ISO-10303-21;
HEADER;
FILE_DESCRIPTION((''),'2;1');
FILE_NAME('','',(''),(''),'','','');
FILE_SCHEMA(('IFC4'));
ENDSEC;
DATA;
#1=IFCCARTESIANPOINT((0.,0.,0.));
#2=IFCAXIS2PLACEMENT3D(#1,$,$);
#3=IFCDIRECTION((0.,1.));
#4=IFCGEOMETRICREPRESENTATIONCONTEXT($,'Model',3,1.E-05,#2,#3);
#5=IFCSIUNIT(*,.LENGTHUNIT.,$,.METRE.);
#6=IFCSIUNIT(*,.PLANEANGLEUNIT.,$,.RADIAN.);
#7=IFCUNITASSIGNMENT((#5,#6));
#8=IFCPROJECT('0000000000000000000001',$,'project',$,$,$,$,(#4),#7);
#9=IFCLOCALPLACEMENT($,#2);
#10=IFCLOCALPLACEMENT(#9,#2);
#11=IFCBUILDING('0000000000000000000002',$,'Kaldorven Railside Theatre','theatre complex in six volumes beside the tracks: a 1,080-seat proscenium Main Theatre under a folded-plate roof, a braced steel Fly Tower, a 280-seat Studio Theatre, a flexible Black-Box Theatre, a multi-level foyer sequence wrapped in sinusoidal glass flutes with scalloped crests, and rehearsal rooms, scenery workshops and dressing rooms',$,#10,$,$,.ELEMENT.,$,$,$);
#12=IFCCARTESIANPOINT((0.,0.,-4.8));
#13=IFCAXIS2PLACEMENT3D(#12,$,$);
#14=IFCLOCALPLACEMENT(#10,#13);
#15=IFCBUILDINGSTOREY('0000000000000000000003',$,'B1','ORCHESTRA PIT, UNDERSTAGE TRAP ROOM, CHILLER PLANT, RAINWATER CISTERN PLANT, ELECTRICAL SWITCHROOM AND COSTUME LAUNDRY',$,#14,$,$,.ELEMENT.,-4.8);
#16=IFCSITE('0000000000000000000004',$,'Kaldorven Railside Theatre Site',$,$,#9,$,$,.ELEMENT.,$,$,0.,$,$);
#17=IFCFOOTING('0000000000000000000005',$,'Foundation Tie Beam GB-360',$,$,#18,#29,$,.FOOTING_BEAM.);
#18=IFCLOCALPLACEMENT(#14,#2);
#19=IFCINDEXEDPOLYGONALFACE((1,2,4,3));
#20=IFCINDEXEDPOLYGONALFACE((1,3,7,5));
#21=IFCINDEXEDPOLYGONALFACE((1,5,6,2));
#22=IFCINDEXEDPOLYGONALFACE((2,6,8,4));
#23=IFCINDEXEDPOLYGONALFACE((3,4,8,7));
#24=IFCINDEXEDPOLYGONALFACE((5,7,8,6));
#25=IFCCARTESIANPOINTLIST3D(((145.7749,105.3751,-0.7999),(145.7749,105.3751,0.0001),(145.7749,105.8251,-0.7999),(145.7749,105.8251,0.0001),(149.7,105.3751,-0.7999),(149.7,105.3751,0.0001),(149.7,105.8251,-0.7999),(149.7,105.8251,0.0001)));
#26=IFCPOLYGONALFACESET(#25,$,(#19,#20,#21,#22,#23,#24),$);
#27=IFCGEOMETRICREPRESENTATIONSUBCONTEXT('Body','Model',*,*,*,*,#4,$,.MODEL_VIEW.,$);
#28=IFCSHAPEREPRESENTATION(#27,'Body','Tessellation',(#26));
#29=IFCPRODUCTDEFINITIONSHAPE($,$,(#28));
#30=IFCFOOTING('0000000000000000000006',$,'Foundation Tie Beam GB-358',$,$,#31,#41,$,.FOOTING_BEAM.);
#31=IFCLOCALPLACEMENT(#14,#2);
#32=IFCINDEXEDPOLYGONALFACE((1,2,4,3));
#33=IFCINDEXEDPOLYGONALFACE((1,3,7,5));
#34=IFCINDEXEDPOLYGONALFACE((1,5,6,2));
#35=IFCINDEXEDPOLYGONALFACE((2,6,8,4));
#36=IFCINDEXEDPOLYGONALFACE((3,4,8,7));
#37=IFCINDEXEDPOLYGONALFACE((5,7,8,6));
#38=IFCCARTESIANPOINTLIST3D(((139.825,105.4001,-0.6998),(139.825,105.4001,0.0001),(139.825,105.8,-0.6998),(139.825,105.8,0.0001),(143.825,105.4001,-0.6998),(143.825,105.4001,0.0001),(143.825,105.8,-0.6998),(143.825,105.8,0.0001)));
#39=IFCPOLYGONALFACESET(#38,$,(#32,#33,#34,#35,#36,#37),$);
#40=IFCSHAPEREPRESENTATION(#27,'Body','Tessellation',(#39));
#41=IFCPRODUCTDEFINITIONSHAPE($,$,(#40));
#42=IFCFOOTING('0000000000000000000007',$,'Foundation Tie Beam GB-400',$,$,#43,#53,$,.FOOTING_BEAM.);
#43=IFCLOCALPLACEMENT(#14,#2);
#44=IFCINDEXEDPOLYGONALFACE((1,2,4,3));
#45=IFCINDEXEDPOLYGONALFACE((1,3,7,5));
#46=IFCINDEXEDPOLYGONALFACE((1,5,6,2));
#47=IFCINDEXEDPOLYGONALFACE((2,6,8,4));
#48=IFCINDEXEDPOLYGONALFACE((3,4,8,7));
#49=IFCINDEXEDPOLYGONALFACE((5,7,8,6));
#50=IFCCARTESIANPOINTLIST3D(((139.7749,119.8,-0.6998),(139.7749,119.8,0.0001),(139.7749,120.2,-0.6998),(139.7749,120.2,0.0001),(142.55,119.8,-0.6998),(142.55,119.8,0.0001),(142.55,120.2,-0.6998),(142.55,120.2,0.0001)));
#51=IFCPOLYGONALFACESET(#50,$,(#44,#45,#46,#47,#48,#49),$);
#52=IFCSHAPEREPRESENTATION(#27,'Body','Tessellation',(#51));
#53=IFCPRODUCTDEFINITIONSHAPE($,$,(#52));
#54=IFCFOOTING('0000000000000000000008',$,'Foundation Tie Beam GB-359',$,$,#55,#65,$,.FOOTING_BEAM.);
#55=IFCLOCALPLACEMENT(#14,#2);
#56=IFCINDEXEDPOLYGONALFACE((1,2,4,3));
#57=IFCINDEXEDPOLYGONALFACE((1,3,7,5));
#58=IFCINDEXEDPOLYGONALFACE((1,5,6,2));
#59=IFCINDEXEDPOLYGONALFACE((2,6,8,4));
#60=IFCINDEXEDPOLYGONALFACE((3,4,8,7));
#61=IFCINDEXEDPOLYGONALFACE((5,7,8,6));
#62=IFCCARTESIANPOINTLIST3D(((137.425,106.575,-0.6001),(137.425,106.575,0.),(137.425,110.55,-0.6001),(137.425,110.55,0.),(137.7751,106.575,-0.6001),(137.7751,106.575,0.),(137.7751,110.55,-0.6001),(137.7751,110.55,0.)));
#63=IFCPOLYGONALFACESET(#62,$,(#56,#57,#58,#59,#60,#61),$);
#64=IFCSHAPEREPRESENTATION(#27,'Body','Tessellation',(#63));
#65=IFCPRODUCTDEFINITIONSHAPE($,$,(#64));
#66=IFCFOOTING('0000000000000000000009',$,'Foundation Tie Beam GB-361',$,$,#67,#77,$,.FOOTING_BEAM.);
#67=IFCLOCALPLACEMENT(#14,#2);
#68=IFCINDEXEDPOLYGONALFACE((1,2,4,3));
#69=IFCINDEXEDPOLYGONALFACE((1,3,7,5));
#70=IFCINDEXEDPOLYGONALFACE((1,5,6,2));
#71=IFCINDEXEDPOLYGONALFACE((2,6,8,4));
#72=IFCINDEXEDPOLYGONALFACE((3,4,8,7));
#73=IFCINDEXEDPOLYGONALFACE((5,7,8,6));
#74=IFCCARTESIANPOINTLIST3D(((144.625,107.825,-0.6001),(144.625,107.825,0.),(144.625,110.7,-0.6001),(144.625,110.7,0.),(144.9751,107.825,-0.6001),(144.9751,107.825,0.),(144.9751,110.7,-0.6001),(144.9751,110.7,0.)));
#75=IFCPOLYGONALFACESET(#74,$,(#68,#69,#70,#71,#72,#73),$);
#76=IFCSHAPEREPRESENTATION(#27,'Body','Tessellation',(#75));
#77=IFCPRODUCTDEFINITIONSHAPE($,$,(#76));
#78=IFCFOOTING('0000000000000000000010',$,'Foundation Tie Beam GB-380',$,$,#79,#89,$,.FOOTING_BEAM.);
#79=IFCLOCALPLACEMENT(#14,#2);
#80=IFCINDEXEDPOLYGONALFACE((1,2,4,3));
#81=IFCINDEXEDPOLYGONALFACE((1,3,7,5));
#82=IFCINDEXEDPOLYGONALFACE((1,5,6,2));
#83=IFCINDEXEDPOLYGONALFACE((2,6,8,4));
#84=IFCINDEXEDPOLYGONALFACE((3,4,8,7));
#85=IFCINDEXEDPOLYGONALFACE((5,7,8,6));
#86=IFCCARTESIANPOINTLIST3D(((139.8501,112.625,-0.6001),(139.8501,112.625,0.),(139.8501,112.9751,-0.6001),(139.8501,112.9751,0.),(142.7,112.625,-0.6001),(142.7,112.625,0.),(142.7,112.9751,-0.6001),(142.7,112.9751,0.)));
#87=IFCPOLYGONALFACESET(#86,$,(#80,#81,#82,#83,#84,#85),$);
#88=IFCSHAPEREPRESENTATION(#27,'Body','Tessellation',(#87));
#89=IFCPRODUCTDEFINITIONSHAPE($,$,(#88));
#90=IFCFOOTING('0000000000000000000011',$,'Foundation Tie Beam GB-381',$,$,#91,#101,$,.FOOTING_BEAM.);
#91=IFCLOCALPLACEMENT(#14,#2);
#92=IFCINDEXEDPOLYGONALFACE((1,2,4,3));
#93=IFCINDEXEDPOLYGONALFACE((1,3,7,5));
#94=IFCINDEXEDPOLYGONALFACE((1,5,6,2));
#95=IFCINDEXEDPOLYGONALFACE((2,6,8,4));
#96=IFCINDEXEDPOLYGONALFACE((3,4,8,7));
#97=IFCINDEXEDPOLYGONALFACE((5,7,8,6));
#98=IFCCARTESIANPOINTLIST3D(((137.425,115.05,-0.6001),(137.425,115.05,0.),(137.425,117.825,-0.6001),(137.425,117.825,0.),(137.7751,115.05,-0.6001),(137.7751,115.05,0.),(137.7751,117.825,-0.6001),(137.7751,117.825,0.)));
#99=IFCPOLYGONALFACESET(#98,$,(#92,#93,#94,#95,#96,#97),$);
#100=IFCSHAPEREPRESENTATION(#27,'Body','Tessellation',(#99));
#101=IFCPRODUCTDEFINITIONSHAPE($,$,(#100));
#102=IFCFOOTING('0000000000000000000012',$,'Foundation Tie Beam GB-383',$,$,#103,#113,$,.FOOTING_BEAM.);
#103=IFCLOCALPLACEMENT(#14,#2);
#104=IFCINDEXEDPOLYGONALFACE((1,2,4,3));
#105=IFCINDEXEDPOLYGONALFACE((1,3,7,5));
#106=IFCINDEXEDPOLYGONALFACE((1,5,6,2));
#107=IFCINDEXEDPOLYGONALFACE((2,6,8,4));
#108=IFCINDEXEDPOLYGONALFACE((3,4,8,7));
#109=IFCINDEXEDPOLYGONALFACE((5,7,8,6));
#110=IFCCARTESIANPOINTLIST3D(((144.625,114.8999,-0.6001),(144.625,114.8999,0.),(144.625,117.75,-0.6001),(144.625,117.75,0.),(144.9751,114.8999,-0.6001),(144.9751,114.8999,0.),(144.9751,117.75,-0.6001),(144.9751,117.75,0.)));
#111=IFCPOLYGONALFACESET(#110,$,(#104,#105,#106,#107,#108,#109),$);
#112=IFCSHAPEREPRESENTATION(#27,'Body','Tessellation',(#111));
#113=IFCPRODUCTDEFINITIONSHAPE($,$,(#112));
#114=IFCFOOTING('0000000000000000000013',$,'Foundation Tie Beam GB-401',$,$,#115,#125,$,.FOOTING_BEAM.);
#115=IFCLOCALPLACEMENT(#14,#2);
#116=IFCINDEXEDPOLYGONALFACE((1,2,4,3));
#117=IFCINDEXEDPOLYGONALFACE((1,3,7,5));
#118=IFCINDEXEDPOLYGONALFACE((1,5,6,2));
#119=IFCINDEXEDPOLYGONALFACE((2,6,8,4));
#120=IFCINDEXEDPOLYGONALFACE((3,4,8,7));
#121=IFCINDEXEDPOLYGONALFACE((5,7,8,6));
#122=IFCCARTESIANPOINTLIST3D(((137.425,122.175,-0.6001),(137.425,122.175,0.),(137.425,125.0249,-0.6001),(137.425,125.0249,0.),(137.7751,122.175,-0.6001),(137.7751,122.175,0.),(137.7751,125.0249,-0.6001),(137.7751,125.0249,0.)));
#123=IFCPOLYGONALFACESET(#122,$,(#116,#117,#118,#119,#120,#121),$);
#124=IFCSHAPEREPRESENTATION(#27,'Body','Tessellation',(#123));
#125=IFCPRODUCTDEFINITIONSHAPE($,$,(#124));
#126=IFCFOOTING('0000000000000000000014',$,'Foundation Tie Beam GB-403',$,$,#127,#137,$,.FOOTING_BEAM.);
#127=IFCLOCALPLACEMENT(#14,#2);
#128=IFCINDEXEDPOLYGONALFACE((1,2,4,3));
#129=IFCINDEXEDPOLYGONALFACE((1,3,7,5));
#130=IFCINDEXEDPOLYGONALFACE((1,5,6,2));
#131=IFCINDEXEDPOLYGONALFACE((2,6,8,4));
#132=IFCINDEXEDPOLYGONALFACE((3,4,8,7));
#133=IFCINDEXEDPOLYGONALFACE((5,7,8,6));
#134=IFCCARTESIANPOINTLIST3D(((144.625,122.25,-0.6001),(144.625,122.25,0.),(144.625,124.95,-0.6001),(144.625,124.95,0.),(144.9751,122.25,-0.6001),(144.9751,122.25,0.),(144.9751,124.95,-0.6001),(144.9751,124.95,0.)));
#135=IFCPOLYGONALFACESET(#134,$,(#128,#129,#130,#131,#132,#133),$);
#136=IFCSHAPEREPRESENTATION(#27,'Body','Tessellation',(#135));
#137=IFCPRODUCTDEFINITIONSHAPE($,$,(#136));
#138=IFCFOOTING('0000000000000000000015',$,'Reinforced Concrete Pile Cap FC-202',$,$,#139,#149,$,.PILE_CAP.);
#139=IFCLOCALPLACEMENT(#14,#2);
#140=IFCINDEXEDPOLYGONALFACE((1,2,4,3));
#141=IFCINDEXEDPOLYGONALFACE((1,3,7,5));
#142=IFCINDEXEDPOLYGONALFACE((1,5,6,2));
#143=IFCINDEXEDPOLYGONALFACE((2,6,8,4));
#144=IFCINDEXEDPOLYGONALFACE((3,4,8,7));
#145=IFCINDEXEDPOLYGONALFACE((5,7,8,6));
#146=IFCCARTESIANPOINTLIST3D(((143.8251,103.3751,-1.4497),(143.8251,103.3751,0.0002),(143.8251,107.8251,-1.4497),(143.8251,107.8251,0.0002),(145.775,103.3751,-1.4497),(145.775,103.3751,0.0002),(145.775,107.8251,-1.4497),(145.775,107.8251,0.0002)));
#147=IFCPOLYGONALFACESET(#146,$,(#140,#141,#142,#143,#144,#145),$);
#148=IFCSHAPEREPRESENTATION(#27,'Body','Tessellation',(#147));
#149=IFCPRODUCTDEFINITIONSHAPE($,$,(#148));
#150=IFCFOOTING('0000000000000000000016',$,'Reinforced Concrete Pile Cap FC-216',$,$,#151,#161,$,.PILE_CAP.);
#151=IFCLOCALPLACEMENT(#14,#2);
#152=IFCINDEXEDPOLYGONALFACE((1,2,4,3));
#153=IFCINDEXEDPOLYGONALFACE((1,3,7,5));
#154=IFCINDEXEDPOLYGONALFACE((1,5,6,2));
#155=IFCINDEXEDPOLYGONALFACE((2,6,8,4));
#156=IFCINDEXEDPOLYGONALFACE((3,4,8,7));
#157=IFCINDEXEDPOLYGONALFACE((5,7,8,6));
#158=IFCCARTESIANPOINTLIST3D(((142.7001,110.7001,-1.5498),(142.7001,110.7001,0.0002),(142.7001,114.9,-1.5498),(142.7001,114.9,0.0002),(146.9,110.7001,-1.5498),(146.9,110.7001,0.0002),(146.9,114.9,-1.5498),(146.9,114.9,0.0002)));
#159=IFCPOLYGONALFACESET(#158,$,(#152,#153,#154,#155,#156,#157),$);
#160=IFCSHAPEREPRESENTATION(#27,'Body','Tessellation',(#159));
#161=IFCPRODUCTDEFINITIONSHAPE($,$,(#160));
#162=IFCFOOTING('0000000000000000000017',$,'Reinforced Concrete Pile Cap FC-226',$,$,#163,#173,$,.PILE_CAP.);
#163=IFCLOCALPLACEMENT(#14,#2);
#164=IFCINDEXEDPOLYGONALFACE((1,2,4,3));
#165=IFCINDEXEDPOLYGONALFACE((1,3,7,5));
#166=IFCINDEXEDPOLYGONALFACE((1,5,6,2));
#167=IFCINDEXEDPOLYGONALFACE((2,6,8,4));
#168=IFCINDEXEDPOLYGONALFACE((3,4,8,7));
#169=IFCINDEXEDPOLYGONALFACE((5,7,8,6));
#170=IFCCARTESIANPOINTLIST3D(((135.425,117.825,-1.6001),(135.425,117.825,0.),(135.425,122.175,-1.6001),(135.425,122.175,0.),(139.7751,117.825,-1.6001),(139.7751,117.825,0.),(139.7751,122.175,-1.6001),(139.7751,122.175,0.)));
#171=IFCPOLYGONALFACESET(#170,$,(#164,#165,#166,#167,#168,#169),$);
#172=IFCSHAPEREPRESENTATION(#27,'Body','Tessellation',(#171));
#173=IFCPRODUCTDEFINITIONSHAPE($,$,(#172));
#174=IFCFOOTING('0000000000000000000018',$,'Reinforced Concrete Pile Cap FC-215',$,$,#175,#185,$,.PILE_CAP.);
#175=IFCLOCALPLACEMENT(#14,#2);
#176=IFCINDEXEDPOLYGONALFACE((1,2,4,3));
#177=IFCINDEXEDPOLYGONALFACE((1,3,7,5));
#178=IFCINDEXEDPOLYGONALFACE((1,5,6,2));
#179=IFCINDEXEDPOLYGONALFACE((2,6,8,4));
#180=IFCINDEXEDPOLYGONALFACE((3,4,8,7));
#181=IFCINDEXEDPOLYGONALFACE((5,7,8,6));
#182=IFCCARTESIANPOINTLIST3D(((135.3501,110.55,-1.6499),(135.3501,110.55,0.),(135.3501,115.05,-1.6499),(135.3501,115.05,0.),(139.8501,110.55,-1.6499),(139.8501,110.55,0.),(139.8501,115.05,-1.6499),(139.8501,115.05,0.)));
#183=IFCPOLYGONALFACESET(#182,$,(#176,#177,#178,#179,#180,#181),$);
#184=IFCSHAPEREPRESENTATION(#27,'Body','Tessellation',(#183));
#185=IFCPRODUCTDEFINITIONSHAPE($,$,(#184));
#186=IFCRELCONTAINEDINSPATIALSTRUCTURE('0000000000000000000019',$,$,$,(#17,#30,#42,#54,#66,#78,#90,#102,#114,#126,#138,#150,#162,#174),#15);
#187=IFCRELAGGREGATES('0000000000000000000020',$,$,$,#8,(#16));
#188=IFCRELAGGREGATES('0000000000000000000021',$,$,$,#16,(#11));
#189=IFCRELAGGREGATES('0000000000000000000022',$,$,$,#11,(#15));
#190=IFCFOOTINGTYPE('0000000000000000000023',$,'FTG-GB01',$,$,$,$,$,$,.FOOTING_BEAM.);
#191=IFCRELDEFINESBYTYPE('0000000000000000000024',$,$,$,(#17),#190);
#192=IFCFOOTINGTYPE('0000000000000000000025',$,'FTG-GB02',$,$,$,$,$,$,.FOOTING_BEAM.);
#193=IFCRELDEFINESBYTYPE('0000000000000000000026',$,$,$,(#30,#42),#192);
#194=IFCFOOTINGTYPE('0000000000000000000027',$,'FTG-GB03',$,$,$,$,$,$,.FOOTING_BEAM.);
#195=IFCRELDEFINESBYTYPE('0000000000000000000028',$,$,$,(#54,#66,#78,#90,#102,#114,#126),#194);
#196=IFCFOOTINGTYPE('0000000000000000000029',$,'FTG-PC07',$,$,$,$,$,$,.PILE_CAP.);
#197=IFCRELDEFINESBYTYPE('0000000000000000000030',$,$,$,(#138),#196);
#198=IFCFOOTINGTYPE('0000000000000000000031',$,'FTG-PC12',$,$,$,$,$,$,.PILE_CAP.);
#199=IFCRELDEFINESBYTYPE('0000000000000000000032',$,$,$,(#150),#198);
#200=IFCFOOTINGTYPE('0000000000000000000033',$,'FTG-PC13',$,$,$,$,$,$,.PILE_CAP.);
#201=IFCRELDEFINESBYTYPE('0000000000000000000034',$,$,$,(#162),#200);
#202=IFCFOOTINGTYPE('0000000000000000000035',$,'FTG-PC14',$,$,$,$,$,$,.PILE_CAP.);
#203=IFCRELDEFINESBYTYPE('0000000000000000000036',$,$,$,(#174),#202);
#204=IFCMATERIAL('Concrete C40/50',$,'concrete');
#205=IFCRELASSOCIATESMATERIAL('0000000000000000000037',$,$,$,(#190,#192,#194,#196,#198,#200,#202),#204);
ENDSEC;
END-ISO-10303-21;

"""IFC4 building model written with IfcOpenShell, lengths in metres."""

from ifc_helpers import new_model, si_unit, direction, frame, origin, origin_2d, place, context, subcontext, project, spatial, rectangle, extrude, material, material_profile, profile_set, type_object, element, save


model = new_model("IFC4")

# Units and contexts
model_context = context("Model", 3, precision=1e-05, world=origin(), true_north=direction((0.0, 1.0)))
body_context = subcontext(model_context, "Body", "Model", "MODEL_VIEW")
ifc_project = project(units=[si_unit("LENGTHUNIT", "METRE"), si_unit("PLANEANGLEUNIT", "RADIAN")], contexts=[model_context])

# Site, building, storey
site_placement = place(None, origin())
site = spatial("IfcSite", under=ifc_project, at=site_placement, Name="Kaldorven Railside Theatre Site", CompositionType="ELEMENT", RefElevation=0.0)
building_placement = place(site_placement, origin())
building = spatial("IfcBuilding", under=site, at=building_placement, Name="Kaldorven Railside Theatre", Description="theatre complex in six volumes beside the tracks: a 1,080-seat proscenium Main Theatre under a folded-plate roof, a braced steel Fly Tower, a 280-seat Studio Theatre, a flexible Black-Box Theatre, a multi-level foyer sequence wrapped in sinusoidal glass flutes with scalloped crests, and rehearsal rooms, scenery workshops and dressing rooms", CompositionType="ELEMENT")
storey_placement = place(building_placement, frame((0.0, 0.0, -4.8)))
storey = spatial("IfcBuildingStorey", under=building, at=storey_placement, Name="B1", Description="ORCHESTRA PIT, UNDERSTAGE TRAP ROOM, CHILLER PLANT, RAINWATER CISTERN PLANT, ELECTRICAL SWITCHROOM AND COSTUME LAUNDRY", CompositionType="ELEMENT", Elevation=-4.8)

# Footings
ifc_material_1 = material(Name="Concrete C40/50", Category="concrete")
ifc_material_profile_1 = material_profile(ifc_material_1, rectangle(XDim=0.45, YDim=0.8, at=origin_2d()), Name="RC 450x800")
ifc_profile_set_1 = profile_set([ifc_material_profile_1], Name="Concrete C40/50")
footing_type_1 = type_object("IfcFootingType", Name="FTG-GB01", PredefinedType="FOOTING_BEAM", material=ifc_profile_set_1)
footing_1_placement = place(storey_placement, frame((145.7749, 105.6001, -0.3999), z_axis=(1.0, 0.0, 0.0), x_axis=(0.0, 1.0, 0.0)))
element("IfcFooting", 1, at=footing_1_placement, inside=storey, type_object=footing_type_1, Name="Foundation Tie Beam GB-360", PredefinedType="FOOTING_BEAM", context=body_context, shape_type="SweptSolid", body=[
    extrude(rectangle(XDim=0.45, YDim=0.8, at=origin_2d()), origin(), (0.0, 0.0, 1.0), 3.925),
])
ifc_material_profile_2 = material_profile(ifc_material_1, rectangle(XDim=0.3999, YDim=0.7, at=origin_2d()), Name="RC 400x700")
ifc_profile_set_2 = profile_set([ifc_material_profile_2], Name="Concrete C40/50")
footing_type_2 = type_object("IfcFootingType", Name="FTG-GB02", PredefinedType="FOOTING_BEAM", material=ifc_profile_set_2)
footing_2_placement = place(storey_placement, frame((139.825, 105.6001, -0.3499), z_axis=(1.0, 0.0, 0.0), x_axis=(0.0, 1.0, 0.0)))
element("IfcFooting", 2, at=footing_2_placement, inside=storey, type_object=footing_type_2, Name="Foundation Tie Beam GB-358", PredefinedType="FOOTING_BEAM", context=body_context, shape_type="SweptSolid", body=[
    extrude(rectangle(XDim=0.3999, YDim=0.7, at=origin_2d()), origin(), (0.0, 0.0, 1.0), 4.0),
])
footing_3_placement = place(storey_placement, frame((139.7749, 120.0, -0.3499), z_axis=(1.0, 0.0, 0.0), x_axis=(0.0, 1.0, 0.0)))
element("IfcFooting", 3, at=footing_3_placement, inside=storey, type_object=footing_type_2, Name="Foundation Tie Beam GB-400", PredefinedType="FOOTING_BEAM", context=body_context, shape_type="SweptSolid", body=[
    extrude(rectangle(XDim=0.3999, YDim=0.7, at=origin_2d()), origin(), (0.0, 0.0, 1.0), 2.7751),
])
ifc_material_profile_3 = material_profile(ifc_material_1, rectangle(XDim=0.3501, YDim=0.6001, at=origin_2d()), Name="RC 350x600")
ifc_profile_set_3 = profile_set([ifc_material_profile_3], Name="Concrete C40/50")
footing_type_3 = type_object("IfcFootingType", Name="FTG-GB03", PredefinedType="FOOTING_BEAM", material=ifc_profile_set_3)
footing_4_placement = place(storey_placement, frame((137.6001, 106.575, -0.3), z_axis=(0.0, 1.0, 0.0), x_axis=(-1.0, 0.0, 0.0)))
element("IfcFooting", 4, at=footing_4_placement, inside=storey, type_object=footing_type_3, Name="Foundation Tie Beam GB-359", PredefinedType="FOOTING_BEAM", context=body_context, shape_type="SweptSolid", body=[
    extrude(rectangle(XDim=0.3501, YDim=0.6001, at=origin_2d()), origin(), (0.0, 0.0, 1.0), 3.9751),
])
footing_5_placement = place(storey_placement, frame((144.8, 107.825, -0.3), z_axis=(0.0, 1.0, 0.0), x_axis=(-1.0, 0.0, 0.0)))
element("IfcFooting", 5, at=footing_5_placement, inside=storey, type_object=footing_type_3, Name="Foundation Tie Beam GB-361", PredefinedType="FOOTING_BEAM", context=body_context, shape_type="SweptSolid", body=[
    extrude(rectangle(XDim=0.3501, YDim=0.6001, at=origin_2d()), origin(), (0.0, 0.0, 1.0), 2.875),
])
footing_6_placement = place(storey_placement, frame((139.8501, 112.8, -0.3), z_axis=(1.0, 0.0, 0.0), x_axis=(0.0, 1.0, 0.0)))
element("IfcFooting", 6, at=footing_6_placement, inside=storey, type_object=footing_type_3, Name="Foundation Tie Beam GB-380", PredefinedType="FOOTING_BEAM", context=body_context, shape_type="SweptSolid", body=[
    extrude(rectangle(XDim=0.3501, YDim=0.6001, at=origin_2d()), origin(), (0.0, 0.0, 1.0), 2.8499),
])
footing_7_placement = place(storey_placement, frame((137.6001, 115.05, -0.3), z_axis=(0.0, 1.0, 0.0), x_axis=(-1.0, 0.0, 0.0)))
element("IfcFooting", 7, at=footing_7_placement, inside=storey, type_object=footing_type_3, Name="Foundation Tie Beam GB-381", PredefinedType="FOOTING_BEAM", context=body_context, shape_type="SweptSolid", body=[
    extrude(rectangle(XDim=0.3501, YDim=0.6001, at=origin_2d()), origin(), (0.0, 0.0, 1.0), 2.7749),
])
footing_8_placement = place(storey_placement, frame((144.8, 114.8999, -0.3), z_axis=(0.0, 1.0, 0.0), x_axis=(-1.0, 0.0, 0.0)))
element("IfcFooting", 8, at=footing_8_placement, inside=storey, type_object=footing_type_3, Name="Foundation Tie Beam GB-383", PredefinedType="FOOTING_BEAM", context=body_context, shape_type="SweptSolid", body=[
    extrude(rectangle(XDim=0.3501, YDim=0.6001, at=origin_2d()), origin(), (0.0, 0.0, 1.0), 2.8501),
])
footing_9_placement = place(storey_placement, frame((137.6001, 122.175, -0.3), z_axis=(0.0, 1.0, 0.0), x_axis=(-1.0, 0.0, 0.0)))
element("IfcFooting", 9, at=footing_9_placement, inside=storey, type_object=footing_type_3, Name="Foundation Tie Beam GB-401", PredefinedType="FOOTING_BEAM", context=body_context, shape_type="SweptSolid", body=[
    extrude(rectangle(XDim=0.3501, YDim=0.6001, at=origin_2d()), origin(), (0.0, 0.0, 1.0), 2.8499),
])
footing_10_placement = place(storey_placement, frame((144.8, 122.25, -0.3), z_axis=(0.0, 1.0, 0.0), x_axis=(-1.0, 0.0, 0.0)))
element("IfcFooting", 10, at=footing_10_placement, inside=storey, type_object=footing_type_3, Name="Foundation Tie Beam GB-403", PredefinedType="FOOTING_BEAM", context=body_context, shape_type="SweptSolid", body=[
    extrude(rectangle(XDim=0.3501, YDim=0.6001, at=origin_2d()), origin(), (0.0, 0.0, 1.0), 2.7),
])
footing_type_4 = type_object("IfcFootingType", Name="FTG-PC07", PredefinedType="PILE_CAP", material=ifc_material_1)
footing_11_placement = place(storey_placement, frame((144.8, 105.6001, -1.4497), z_axis=(0.0, 0.0, 1.0), x_axis=(1.0, 0.0, 0.0)))
element("IfcFooting", 11, at=footing_11_placement, inside=storey, type_object=footing_type_4, Name="Reinforced Concrete Pile Cap FC-202", PredefinedType="PILE_CAP", context=body_context, shape_type="SweptSolid", body=[
    extrude(rectangle(XDim=1.95, YDim=4.45, at=origin_2d()), origin(), (0.0, 0.0, 1.0), 1.45),
])
footing_type_5 = type_object("IfcFootingType", Name="FTG-PC12", PredefinedType="PILE_CAP", material=ifc_material_1)
footing_12_placement = place(storey_placement, frame((144.8, 112.8, -1.5498), z_axis=(0.0, 0.0, 1.0), x_axis=(1.0, 0.0, 0.0)))
element("IfcFooting", 12, at=footing_12_placement, inside=storey, type_object=footing_type_5, Name="Reinforced Concrete Pile Cap FC-216", PredefinedType="PILE_CAP", context=body_context, shape_type="SweptSolid", body=[
    extrude(rectangle(XDim=4.2, YDim=4.2, at=origin_2d()), origin(), (0.0, 0.0, 1.0), 1.55),
])
footing_type_6 = type_object("IfcFootingType", Name="FTG-PC13", PredefinedType="PILE_CAP", material=ifc_material_1)
footing_13_placement = place(storey_placement, frame((137.6001, 120.0, -1.6001), z_axis=(0.0, 0.0, 1.0), x_axis=(1.0, 0.0, 0.0)))
element("IfcFooting", 13, at=footing_13_placement, inside=storey, type_object=footing_type_6, Name="Reinforced Concrete Pile Cap FC-226", PredefinedType="PILE_CAP", context=body_context, shape_type="SweptSolid", body=[
    extrude(rectangle(XDim=4.3501, YDim=4.3501, at=origin_2d()), origin(), (0.0, 0.0, 1.0), 1.6001),
])
footing_type_7 = type_object("IfcFootingType", Name="FTG-PC14", PredefinedType="PILE_CAP", material=ifc_material_1)
for number, where, z_axis, x_axis, name in (
    (14, (137.6001, 112.8, -1.6499), (0.0, 0.0, 1.0), (1.0, 0.0, 0.0), "Reinforced Concrete Pile Cap FC-215"),
):
    element("IfcFooting", number, at=place(storey_placement, frame(where, z_axis=z_axis, x_axis=x_axis)), inside=storey, type_object=footing_type_7, Name=name, PredefinedType="PILE_CAP", context=body_context, shape_type="SweptSolid", body=[
        extrude(rectangle(XDim=4.5, YDim=4.5, at=origin_2d()), origin(), (0.0, 0.0, 1.0), 1.6499),
    ])

save(model, "model.ifc")
